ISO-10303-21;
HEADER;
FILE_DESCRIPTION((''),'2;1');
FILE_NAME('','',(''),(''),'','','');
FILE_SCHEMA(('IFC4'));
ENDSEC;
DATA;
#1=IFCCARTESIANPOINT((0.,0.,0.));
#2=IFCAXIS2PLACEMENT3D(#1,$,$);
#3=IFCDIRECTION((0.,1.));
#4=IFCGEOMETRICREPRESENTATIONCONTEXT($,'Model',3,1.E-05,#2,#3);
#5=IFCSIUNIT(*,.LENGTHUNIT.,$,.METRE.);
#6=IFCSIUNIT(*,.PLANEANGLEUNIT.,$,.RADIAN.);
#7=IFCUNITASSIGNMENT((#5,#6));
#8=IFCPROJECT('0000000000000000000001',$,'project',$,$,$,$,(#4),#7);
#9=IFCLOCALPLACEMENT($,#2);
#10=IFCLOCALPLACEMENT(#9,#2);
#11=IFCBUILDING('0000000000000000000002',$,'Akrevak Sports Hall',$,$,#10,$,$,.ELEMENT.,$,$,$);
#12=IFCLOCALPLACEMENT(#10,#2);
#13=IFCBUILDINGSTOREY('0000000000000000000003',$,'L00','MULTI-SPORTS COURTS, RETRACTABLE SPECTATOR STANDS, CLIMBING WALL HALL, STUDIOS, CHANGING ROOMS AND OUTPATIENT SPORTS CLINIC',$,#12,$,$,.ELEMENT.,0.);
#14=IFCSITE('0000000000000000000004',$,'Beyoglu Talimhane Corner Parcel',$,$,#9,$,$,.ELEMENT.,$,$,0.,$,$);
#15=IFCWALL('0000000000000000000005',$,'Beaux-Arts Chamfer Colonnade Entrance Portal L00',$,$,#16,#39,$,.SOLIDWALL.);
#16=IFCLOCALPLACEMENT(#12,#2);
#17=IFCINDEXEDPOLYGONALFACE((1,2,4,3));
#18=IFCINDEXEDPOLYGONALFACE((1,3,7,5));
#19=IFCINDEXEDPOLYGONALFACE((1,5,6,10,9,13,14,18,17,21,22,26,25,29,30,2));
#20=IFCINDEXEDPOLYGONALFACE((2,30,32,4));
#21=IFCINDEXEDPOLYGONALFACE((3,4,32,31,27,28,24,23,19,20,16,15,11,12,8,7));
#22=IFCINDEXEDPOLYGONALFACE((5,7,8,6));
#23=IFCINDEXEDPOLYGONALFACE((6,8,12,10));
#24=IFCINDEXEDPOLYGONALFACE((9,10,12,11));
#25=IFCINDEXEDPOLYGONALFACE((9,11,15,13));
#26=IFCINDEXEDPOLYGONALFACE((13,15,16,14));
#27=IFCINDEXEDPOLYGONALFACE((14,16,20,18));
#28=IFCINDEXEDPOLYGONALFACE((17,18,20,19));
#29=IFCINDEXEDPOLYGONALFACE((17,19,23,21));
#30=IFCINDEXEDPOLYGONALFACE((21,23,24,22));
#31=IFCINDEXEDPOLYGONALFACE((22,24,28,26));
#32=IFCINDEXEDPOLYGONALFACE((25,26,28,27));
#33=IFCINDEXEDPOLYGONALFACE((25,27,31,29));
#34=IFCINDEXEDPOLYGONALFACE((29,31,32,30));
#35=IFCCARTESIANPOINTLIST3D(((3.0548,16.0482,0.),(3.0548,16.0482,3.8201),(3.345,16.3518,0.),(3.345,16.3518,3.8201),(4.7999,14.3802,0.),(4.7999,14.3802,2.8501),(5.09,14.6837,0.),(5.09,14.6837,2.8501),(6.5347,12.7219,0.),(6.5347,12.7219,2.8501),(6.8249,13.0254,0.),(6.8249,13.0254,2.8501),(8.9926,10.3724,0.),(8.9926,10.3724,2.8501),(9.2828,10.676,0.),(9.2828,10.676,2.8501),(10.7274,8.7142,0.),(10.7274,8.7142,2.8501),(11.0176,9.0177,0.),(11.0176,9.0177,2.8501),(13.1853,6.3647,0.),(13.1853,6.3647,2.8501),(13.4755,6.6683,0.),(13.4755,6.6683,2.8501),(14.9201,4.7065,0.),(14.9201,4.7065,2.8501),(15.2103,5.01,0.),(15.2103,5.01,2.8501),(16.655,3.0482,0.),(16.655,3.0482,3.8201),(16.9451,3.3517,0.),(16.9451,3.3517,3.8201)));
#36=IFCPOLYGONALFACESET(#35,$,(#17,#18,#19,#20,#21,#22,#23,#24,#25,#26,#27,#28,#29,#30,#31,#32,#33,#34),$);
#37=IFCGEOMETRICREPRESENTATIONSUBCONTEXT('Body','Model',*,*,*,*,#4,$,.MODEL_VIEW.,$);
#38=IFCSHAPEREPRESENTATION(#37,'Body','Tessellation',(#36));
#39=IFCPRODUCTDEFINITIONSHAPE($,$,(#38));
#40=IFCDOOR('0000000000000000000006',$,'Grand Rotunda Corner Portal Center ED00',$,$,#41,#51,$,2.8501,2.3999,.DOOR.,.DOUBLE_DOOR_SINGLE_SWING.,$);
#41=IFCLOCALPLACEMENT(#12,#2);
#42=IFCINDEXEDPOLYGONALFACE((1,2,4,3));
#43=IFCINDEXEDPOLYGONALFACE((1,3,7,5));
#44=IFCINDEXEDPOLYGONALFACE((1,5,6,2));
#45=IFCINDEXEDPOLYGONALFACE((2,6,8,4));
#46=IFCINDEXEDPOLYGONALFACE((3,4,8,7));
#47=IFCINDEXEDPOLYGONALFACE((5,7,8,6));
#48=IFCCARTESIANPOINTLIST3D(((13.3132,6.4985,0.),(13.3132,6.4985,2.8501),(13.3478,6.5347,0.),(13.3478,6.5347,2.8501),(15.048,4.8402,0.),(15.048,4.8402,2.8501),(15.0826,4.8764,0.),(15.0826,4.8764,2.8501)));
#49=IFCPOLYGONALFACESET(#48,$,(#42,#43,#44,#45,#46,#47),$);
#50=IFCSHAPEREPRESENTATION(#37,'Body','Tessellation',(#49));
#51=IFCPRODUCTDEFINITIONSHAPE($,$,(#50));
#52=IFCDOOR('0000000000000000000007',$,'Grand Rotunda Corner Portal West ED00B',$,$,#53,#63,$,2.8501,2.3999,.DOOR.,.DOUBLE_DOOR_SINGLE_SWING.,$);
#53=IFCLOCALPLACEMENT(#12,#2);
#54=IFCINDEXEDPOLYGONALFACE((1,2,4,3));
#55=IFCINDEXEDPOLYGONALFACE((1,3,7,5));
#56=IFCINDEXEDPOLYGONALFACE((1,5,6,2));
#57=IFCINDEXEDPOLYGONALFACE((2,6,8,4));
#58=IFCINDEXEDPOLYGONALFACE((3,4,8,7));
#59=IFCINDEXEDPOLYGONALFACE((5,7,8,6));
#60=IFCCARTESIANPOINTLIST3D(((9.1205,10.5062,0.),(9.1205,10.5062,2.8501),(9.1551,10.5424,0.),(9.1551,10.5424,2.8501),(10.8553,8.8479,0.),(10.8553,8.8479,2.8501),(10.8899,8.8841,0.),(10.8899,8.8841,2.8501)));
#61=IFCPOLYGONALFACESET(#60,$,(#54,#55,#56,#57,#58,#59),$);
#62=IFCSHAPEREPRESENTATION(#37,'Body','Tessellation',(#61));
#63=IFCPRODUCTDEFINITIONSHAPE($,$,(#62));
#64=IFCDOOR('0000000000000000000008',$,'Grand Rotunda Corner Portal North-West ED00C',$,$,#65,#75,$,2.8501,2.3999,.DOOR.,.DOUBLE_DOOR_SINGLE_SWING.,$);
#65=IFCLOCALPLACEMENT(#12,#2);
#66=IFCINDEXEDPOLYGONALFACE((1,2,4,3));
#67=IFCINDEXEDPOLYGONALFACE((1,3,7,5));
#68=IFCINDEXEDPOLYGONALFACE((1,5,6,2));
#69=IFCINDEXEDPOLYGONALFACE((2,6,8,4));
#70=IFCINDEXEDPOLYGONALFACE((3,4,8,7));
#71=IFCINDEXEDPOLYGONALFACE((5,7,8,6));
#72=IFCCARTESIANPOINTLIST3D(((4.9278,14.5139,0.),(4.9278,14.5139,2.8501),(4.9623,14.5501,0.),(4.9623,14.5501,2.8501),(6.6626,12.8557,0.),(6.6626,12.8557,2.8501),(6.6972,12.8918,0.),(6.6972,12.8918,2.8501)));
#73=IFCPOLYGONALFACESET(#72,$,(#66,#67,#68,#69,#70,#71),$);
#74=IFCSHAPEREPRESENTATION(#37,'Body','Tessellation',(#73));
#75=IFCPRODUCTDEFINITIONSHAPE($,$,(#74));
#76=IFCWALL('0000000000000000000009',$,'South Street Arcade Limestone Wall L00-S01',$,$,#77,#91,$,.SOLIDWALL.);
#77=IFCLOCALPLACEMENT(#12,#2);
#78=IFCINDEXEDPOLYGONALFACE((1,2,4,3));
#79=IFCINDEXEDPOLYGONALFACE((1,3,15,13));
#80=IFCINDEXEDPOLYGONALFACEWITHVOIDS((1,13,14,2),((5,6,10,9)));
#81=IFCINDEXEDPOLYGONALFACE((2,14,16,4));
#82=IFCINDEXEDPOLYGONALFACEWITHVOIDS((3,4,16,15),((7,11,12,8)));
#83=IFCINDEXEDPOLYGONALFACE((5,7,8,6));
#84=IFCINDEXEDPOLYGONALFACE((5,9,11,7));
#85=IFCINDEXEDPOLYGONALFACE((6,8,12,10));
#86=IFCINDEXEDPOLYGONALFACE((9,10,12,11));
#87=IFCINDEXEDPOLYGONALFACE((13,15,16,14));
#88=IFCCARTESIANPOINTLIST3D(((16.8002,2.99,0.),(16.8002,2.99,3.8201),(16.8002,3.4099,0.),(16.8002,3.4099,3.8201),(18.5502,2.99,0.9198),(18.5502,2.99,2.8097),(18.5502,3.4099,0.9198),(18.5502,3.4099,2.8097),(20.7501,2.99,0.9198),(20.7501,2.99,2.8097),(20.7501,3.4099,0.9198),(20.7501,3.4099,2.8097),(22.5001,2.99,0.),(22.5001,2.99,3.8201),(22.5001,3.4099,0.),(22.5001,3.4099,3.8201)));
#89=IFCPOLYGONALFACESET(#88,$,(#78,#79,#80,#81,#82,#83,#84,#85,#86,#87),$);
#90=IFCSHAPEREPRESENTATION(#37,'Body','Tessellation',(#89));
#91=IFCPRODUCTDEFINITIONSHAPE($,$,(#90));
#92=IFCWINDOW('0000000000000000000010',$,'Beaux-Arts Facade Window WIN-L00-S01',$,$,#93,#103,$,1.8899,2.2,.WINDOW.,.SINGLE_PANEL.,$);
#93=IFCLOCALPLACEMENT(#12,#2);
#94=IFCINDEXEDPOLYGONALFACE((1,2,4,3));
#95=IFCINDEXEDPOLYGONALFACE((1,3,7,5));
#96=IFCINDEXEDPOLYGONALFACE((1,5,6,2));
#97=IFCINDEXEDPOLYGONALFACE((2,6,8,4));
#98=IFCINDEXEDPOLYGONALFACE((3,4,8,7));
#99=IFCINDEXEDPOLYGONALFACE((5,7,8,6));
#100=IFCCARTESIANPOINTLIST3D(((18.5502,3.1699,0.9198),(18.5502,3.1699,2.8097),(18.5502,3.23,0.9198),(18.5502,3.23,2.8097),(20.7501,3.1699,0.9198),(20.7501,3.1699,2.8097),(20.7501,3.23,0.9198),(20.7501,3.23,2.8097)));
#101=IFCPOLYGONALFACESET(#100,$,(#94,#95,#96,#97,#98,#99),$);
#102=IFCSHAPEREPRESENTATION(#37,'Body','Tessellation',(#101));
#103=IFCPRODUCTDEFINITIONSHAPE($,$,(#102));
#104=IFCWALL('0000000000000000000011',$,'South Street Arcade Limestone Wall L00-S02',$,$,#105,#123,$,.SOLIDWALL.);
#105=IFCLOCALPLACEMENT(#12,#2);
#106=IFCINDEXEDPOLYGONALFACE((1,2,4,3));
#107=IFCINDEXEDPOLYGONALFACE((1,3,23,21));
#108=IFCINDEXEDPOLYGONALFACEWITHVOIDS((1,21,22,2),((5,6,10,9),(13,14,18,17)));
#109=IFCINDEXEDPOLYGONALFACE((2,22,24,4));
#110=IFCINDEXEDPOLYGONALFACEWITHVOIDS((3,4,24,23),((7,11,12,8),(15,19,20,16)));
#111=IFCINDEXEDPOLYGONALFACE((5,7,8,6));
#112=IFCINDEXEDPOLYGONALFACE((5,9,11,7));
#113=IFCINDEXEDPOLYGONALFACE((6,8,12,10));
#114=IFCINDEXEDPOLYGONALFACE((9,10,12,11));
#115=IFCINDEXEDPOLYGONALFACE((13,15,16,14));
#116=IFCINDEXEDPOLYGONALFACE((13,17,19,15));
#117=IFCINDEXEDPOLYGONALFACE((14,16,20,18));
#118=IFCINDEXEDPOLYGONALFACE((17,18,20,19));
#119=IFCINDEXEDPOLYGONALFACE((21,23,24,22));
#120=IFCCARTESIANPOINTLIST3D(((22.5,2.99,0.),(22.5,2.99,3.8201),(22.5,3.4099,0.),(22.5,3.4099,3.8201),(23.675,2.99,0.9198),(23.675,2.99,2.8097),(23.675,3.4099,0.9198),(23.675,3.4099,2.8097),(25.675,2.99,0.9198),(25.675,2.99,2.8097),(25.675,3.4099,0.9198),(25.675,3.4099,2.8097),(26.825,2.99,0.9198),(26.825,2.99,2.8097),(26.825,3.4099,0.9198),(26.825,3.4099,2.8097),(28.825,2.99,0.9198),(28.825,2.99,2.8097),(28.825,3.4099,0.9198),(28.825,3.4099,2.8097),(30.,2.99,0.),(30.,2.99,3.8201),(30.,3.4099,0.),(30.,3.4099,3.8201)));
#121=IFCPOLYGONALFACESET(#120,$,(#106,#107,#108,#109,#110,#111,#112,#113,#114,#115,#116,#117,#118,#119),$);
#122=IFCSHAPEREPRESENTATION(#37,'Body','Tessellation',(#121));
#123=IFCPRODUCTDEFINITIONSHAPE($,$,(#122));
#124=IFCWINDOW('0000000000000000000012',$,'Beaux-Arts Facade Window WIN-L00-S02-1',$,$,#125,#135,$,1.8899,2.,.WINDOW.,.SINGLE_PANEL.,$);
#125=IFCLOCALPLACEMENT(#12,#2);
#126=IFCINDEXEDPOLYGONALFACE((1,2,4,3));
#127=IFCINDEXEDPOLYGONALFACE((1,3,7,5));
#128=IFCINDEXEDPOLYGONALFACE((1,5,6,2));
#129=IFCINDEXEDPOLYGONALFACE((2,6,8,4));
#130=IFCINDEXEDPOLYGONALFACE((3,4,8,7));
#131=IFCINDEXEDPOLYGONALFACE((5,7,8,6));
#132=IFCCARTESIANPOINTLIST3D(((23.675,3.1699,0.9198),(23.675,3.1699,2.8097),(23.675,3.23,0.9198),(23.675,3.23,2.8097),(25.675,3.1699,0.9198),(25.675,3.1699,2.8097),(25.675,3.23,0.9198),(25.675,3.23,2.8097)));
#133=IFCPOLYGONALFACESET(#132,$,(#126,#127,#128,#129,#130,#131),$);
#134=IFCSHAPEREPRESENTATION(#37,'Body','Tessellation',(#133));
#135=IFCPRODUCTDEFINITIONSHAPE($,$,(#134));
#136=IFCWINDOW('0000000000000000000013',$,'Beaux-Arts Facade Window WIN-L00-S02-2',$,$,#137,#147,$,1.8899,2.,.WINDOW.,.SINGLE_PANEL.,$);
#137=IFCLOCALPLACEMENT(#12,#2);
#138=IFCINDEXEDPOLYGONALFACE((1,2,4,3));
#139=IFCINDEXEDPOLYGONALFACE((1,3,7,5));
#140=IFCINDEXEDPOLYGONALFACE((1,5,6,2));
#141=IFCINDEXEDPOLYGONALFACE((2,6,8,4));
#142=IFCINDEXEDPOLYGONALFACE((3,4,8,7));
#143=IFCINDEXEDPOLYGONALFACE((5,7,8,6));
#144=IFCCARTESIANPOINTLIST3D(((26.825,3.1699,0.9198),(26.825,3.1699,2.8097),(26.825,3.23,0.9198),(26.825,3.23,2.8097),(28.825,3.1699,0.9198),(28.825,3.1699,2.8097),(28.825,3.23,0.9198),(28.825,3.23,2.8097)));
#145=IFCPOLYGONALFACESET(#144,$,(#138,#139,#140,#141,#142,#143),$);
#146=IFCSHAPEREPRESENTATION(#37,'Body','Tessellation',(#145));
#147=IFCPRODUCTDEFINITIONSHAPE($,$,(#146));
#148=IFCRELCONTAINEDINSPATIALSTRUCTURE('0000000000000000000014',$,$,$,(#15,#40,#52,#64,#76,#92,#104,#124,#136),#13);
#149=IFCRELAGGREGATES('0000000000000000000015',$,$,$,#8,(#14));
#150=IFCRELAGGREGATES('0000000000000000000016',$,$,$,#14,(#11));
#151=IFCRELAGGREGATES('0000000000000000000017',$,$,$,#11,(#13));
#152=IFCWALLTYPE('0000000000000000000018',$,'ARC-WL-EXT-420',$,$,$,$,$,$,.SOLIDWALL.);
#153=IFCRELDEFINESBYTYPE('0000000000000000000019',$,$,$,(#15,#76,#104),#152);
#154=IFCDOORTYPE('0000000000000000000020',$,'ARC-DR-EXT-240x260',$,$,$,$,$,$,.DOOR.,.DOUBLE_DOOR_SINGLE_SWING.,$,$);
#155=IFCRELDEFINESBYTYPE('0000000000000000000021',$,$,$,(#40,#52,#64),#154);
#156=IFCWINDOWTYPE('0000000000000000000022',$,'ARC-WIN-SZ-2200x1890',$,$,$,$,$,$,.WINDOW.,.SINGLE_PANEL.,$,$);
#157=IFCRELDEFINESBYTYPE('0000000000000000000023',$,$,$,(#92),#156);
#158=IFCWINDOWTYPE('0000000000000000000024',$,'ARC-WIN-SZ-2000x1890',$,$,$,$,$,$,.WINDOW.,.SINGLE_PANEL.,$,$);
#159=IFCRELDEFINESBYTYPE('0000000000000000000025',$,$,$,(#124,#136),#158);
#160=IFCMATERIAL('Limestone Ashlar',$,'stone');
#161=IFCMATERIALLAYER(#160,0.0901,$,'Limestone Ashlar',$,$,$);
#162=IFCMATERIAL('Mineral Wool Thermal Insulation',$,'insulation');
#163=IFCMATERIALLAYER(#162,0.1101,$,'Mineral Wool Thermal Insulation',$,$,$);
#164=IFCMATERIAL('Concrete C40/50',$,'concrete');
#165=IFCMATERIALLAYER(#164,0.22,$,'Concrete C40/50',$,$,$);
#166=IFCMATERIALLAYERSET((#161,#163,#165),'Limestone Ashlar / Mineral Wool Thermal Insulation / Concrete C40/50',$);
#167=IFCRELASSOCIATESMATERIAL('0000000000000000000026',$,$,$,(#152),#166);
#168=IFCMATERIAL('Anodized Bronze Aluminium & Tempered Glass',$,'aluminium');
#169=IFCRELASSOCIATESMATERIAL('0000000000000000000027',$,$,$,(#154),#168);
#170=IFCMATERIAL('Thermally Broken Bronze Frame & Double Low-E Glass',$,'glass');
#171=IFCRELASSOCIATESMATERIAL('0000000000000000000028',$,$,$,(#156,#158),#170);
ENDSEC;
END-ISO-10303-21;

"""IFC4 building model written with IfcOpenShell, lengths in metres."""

from ifc_helpers import new_model, si_unit, direction, frame, frame_2d, origin, place, context, subcontext, project, spatial, rectangle, extrude, material, layer, layer_set, type_object, element, fill, save


model = new_model("IFC4")

# Units and contexts
model_context = context("Model", 3, precision=1e-05, world=origin(), true_north=direction((0.0, 1.0)))
body_context = subcontext(model_context, "Body", "Model", "MODEL_VIEW")
ifc_project = project(units=[si_unit("LENGTHUNIT", "METRE"), si_unit("PLANEANGLEUNIT", "RADIAN")], contexts=[model_context])

# Site, building, storey
site_placement = place(None, origin())
site = spatial("IfcSite", under=ifc_project, at=site_placement, Name="Beyoglu Talimhane Corner Parcel", CompositionType="ELEMENT", RefElevation=0.0)
building_placement = place(site_placement, origin())
building = spatial("IfcBuilding", under=site, at=building_placement, Name="Akrevak Sports Hall", CompositionType="ELEMENT")
storey_placement = place(building_placement, origin())
storey = spatial("IfcBuildingStorey", under=building, at=storey_placement, Name="L00", Description="MULTI-SPORTS COURTS, RETRACTABLE SPECTATOR STANDS, CLIMBING WALL HALL, STUDIOS, CHANGING ROOMS AND OUTPATIENT SPORTS CLINIC", CompositionType="ELEMENT", Elevation=0.0)

# Shared definitions
ifc_material_1 = material(Name="Concrete C40/50", Category="concrete")

# Wall, openings, doors
ifc_material_2 = material(Name="Limestone Ashlar", Category="stone")
ifc_layer_1 = layer(ifc_material_2, 0.0901, Name="Limestone Ashlar")
ifc_material_3 = material(Name="Mineral Wool Thermal Insulation", Category="insulation")
ifc_layer_2 = layer(ifc_material_3, 0.1101, Name="Mineral Wool Thermal Insulation")
ifc_layer_3 = layer(ifc_material_1, 0.22, Name="Concrete C40/50")
ifc_layer_set_1 = layer_set([ifc_layer_1, ifc_layer_2, ifc_layer_3], Name="Limestone Ashlar / Mineral Wool Thermal Insulation / Concrete C40/50")
wall_type_1 = type_object("IfcWallType", Name="ARC-WL-EXT-420", PredefinedType="SOLIDWALL", material=ifc_layer_set_1)
wall_1_placement = place(storey_placement, frame((16.8, 3.2, 0.0), z_axis=(0.0, 0.0, 1.0), x_axis=(-0.722875, 0.690979, 0.0)))
wall_1 = element("IfcWall", 1, at=wall_1_placement, inside=storey, type_object=wall_type_1, Name="Beaux-Arts Chamfer Colonnade Entrance Portal L00", PredefinedType="SOLIDWALL", context=body_context, shape_type="SweptSolid", body=[
    extrude(rectangle(XDim=18.814, YDim=0.4199, at=frame_2d((9.407, 0.0))), origin(), (0.0, 0.0, 1.0), 3.8201),
])
opening_1_placement = place(wall_1_placement, frame((2.3999, 0.0, 0.0)))
opening_1 = element("IfcOpeningElement", 2, at=opening_1_placement, cuts=wall_1, PredefinedType="OPENING", context=body_context, shape_type="SweptSolid", body=[
    extrude(rectangle(XDim=2.3999, YDim=2.8501, at=frame_2d((1.2, 1.425))), frame((0.0, 0.2219, 0.0), z_axis=(0.0, -1.0, 0.0), x_axis=(1.0, 0.0, 0.0)), (0.0, 0.0, 1.0), 0.4438),
])
opening_2_placement = place(wall_1_placement, frame((8.2, 0.0, 0.0)))
opening_2 = element("IfcOpeningElement", 3, at=opening_2_placement, cuts=wall_1, PredefinedType="OPENING", context=body_context, shape_type="SweptSolid", body=[
    extrude(rectangle(XDim=2.3999, YDim=2.8501, at=frame_2d((1.2, 1.425))), frame((0.0, 0.2219, 0.0), z_axis=(0.0, -1.0, 0.0), x_axis=(1.0, 0.0, 0.0)), (0.0, 0.0, 1.0), 0.4438),
])
opening_3_placement = place(wall_1_placement, frame((14.0, 0.0, 0.0)))
opening_3 = element("IfcOpeningElement", 4, at=opening_3_placement, cuts=wall_1, PredefinedType="OPENING", context=body_context, shape_type="SweptSolid", body=[
    extrude(rectangle(XDim=2.3999, YDim=2.8501, at=frame_2d((1.2, 1.425))), frame((0.0, 0.2219, 0.0), z_axis=(0.0, -1.0, 0.0), x_axis=(1.0, 0.0, 0.0)), (0.0, 0.0, 1.0), 0.4438),
])
ifc_material_4 = material(Name="Anodized Bronze Aluminium & Tempered Glass", Category="aluminium")
door_type = type_object("IfcDoorType", Name="ARC-DR-EXT-240x260", OperationType="DOUBLE_DOOR_SINGLE_SWING", PredefinedType="DOOR", material=ifc_material_4)
door_1_placement = place(opening_1_placement, origin())
door_1 = element("IfcDoor", 5, at=door_1_placement, inside=storey, type_object=door_type, Name="Grand Rotunda Corner Portal Center ED00", OperationType="DOUBLE_DOOR_SINGLE_SWING", OverallHeight=2.8501, OverallWidth=2.3999, PredefinedType="DOOR", context=body_context, shape_type="SweptSolid", body=[
    extrude(rectangle(XDim=2.3999, YDim=2.8501, at=frame_2d((1.2, 1.425))), frame((0.0, 0.0249, 0.0), z_axis=(0.0, -1.0, 0.0), x_axis=(1.0, 0.0, 0.0)), (0.0, 0.0, 1.0), 0.05),
])
fill(opening_1, door_1)
door_2_placement = place(opening_2_placement, origin())
door_2 = element("IfcDoor", 6, at=door_2_placement, inside=storey, type_object=door_type, Name="Grand Rotunda Corner Portal West ED00B", OperationType="DOUBLE_DOOR_SINGLE_SWING", OverallHeight=2.8501, OverallWidth=2.3999, PredefinedType="DOOR", context=body_context, shape_type="SweptSolid", body=[
    extrude(rectangle(XDim=2.3999, YDim=2.8501, at=frame_2d((1.2, 1.425))), frame((0.0, 0.0249, 0.0), z_axis=(0.0, -1.0, 0.0), x_axis=(1.0, 0.0, 0.0)), (0.0, 0.0, 1.0), 0.05),
])
fill(opening_2, door_2)
door_3_placement = place(opening_3_placement, origin())
door_3 = element("IfcDoor", 7, at=door_3_placement, inside=storey, type_object=door_type, Name="Grand Rotunda Corner Portal North-West ED00C", OperationType="DOUBLE_DOOR_SINGLE_SWING", OverallHeight=2.8501, OverallWidth=2.3999, PredefinedType="DOOR", context=body_context, shape_type="SweptSolid", body=[
    extrude(rectangle(XDim=2.3999, YDim=2.8501, at=frame_2d((1.2, 1.425))), frame((0.0, 0.0249, 0.0), z_axis=(0.0, -1.0, 0.0), x_axis=(1.0, 0.0, 0.0)), (0.0, 0.0, 1.0), 0.05),
])
fill(opening_3, door_3)

# Wall, opening, window
wall_2_placement = place(storey_placement, frame((16.8, 3.2, 0.0), z_axis=(0.0, 0.0, 1.0), x_axis=(1.0, 0.0, 0.0)))
wall_2 = element("IfcWall", 8, at=wall_2_placement, inside=storey, type_object=wall_type_1, Name="South Street Arcade Limestone Wall L00-S01", PredefinedType="SOLIDWALL", context=body_context, shape_type="SweptSolid", body=[
    extrude(rectangle(XDim=5.7, YDim=0.4199, at=frame_2d((2.8501, 0.0))), origin(), (0.0, 0.0, 1.0), 3.8201),
])
opening_4_placement = place(wall_2_placement, frame((1.75, 0.0, 0.9199)))
opening_4 = element("IfcOpeningElement", 9, at=opening_4_placement, cuts=wall_2, PredefinedType="OPENING", context=body_context, shape_type="SweptSolid", body=[
    extrude(rectangle(XDim=2.2, YDim=1.8899, at=frame_2d((1.1001, 0.9448))), frame((0.0, 0.2219, 0.0), z_axis=(0.0, -1.0, 0.0), x_axis=(1.0, 0.0, 0.0)), (0.0, 0.0, 1.0), 0.4438),
])
ifc_material_5 = material(Name="Thermally Broken Bronze Frame & Double Low-E Glass", Category="glass")
window_type_1 = type_object("IfcWindowType", Name="ARC-WIN-SZ-2200x1890", PartitioningType="SINGLE_PANEL", PredefinedType="WINDOW", material=ifc_material_5)
window_1_placement = place(opening_4_placement, origin())
window_1 = element("IfcWindow", 10, at=window_1_placement, inside=storey, type_object=window_type_1, Name="Beaux-Arts Facade Window WIN-L00-S01", OverallHeight=1.8899, OverallWidth=2.2, PartitioningType="SINGLE_PANEL", PredefinedType="WINDOW", context=body_context, shape_type="SweptSolid", body=[
    extrude(rectangle(XDim=2.2, YDim=1.8899, at=frame_2d((1.1001, 0.9448))), frame((0.0, 0.03, 0.0), z_axis=(0.0, -1.0, 0.0), x_axis=(1.0, 0.0, 0.0)), (0.0, 0.0, 1.0), 0.0601),
])
fill(opening_4, window_1)

# Wall, openings, windows
wall_3_placement = place(storey_placement, frame((22.5, 3.2, 0.0), z_axis=(0.0, 0.0, 1.0), x_axis=(1.0, 0.0, 0.0)))
wall_3 = element("IfcWall", 11, at=wall_3_placement, inside=storey, type_object=wall_type_1, Name="South Street Arcade Limestone Wall L00-S02", PredefinedType="SOLIDWALL", context=body_context, shape_type="SweptSolid", body=[
    extrude(rectangle(XDim=7.5, YDim=0.4199, at=frame_2d((3.75, 0.0))), origin(), (0.0, 0.0, 1.0), 3.8201),
])
opening_5_placement = place(wall_3_placement, frame((1.175, 0.0, 0.9199)))
opening_5 = element("IfcOpeningElement", 12, at=opening_5_placement, cuts=wall_3, PredefinedType="OPENING", context=body_context, shape_type="SweptSolid", body=[
    extrude(rectangle(XDim=2.0, YDim=1.8899, at=frame_2d((1.0, 0.9448))), frame((0.0, 0.2219, 0.0), z_axis=(0.0, -1.0, 0.0), x_axis=(1.0, 0.0, 0.0)), (0.0, 0.0, 1.0), 0.4438),
])
opening_6_placement = place(wall_3_placement, frame((4.325, 0.0, 0.9199)))
opening_6 = element("IfcOpeningElement", 13, at=opening_6_placement, cuts=wall_3, PredefinedType="OPENING", context=body_context, shape_type="SweptSolid", body=[
    extrude(rectangle(XDim=2.0, YDim=1.8899, at=frame_2d((1.0, 0.9448))), frame((0.0, 0.2219, 0.0), z_axis=(0.0, -1.0, 0.0), x_axis=(1.0, 0.0, 0.0)), (0.0, 0.0, 1.0), 0.4438),
])
window_type_2 = type_object("IfcWindowType", Name="ARC-WIN-SZ-2000x1890", PartitioningType="SINGLE_PANEL", PredefinedType="WINDOW", material=ifc_material_5)
window_2_placement = place(opening_5_placement, origin())
window_2 = element("IfcWindow", 14, at=window_2_placement, inside=storey, type_object=window_type_2, Name="Beaux-Arts Facade Window WIN-L00-S02-1", OverallHeight=1.8899, OverallWidth=2.0, PartitioningType="SINGLE_PANEL", PredefinedType="WINDOW", context=body_context, shape_type="SweptSolid", body=[
    extrude(rectangle(XDim=2.0, YDim=1.8899, at=frame_2d((1.0, 0.9448))), frame((0.0, 0.03, 0.0), z_axis=(0.0, -1.0, 0.0), x_axis=(1.0, 0.0, 0.0)), (0.0, 0.0, 1.0), 0.0601),
])
fill(opening_5, window_2)
window_3_placement = place(opening_6_placement, origin())
window_3 = element("IfcWindow", 15, at=window_3_placement, inside=storey, type_object=window_type_2, Name="Beaux-Arts Facade Window WIN-L00-S02-2", OverallHeight=1.8899, OverallWidth=2.0, PartitioningType="SINGLE_PANEL", PredefinedType="WINDOW", context=body_context, shape_type="SweptSolid", body=[
    extrude(rectangle(XDim=2.0, YDim=1.8899, at=frame_2d((1.0, 0.9448))), frame((0.0, 0.03, 0.0), z_axis=(0.0, -1.0, 0.0), x_axis=(1.0, 0.0, 0.0)), (0.0, 0.0, 1.0), 0.0601),
])
fill(opening_6, window_3)

save(model, "model.ifc")
